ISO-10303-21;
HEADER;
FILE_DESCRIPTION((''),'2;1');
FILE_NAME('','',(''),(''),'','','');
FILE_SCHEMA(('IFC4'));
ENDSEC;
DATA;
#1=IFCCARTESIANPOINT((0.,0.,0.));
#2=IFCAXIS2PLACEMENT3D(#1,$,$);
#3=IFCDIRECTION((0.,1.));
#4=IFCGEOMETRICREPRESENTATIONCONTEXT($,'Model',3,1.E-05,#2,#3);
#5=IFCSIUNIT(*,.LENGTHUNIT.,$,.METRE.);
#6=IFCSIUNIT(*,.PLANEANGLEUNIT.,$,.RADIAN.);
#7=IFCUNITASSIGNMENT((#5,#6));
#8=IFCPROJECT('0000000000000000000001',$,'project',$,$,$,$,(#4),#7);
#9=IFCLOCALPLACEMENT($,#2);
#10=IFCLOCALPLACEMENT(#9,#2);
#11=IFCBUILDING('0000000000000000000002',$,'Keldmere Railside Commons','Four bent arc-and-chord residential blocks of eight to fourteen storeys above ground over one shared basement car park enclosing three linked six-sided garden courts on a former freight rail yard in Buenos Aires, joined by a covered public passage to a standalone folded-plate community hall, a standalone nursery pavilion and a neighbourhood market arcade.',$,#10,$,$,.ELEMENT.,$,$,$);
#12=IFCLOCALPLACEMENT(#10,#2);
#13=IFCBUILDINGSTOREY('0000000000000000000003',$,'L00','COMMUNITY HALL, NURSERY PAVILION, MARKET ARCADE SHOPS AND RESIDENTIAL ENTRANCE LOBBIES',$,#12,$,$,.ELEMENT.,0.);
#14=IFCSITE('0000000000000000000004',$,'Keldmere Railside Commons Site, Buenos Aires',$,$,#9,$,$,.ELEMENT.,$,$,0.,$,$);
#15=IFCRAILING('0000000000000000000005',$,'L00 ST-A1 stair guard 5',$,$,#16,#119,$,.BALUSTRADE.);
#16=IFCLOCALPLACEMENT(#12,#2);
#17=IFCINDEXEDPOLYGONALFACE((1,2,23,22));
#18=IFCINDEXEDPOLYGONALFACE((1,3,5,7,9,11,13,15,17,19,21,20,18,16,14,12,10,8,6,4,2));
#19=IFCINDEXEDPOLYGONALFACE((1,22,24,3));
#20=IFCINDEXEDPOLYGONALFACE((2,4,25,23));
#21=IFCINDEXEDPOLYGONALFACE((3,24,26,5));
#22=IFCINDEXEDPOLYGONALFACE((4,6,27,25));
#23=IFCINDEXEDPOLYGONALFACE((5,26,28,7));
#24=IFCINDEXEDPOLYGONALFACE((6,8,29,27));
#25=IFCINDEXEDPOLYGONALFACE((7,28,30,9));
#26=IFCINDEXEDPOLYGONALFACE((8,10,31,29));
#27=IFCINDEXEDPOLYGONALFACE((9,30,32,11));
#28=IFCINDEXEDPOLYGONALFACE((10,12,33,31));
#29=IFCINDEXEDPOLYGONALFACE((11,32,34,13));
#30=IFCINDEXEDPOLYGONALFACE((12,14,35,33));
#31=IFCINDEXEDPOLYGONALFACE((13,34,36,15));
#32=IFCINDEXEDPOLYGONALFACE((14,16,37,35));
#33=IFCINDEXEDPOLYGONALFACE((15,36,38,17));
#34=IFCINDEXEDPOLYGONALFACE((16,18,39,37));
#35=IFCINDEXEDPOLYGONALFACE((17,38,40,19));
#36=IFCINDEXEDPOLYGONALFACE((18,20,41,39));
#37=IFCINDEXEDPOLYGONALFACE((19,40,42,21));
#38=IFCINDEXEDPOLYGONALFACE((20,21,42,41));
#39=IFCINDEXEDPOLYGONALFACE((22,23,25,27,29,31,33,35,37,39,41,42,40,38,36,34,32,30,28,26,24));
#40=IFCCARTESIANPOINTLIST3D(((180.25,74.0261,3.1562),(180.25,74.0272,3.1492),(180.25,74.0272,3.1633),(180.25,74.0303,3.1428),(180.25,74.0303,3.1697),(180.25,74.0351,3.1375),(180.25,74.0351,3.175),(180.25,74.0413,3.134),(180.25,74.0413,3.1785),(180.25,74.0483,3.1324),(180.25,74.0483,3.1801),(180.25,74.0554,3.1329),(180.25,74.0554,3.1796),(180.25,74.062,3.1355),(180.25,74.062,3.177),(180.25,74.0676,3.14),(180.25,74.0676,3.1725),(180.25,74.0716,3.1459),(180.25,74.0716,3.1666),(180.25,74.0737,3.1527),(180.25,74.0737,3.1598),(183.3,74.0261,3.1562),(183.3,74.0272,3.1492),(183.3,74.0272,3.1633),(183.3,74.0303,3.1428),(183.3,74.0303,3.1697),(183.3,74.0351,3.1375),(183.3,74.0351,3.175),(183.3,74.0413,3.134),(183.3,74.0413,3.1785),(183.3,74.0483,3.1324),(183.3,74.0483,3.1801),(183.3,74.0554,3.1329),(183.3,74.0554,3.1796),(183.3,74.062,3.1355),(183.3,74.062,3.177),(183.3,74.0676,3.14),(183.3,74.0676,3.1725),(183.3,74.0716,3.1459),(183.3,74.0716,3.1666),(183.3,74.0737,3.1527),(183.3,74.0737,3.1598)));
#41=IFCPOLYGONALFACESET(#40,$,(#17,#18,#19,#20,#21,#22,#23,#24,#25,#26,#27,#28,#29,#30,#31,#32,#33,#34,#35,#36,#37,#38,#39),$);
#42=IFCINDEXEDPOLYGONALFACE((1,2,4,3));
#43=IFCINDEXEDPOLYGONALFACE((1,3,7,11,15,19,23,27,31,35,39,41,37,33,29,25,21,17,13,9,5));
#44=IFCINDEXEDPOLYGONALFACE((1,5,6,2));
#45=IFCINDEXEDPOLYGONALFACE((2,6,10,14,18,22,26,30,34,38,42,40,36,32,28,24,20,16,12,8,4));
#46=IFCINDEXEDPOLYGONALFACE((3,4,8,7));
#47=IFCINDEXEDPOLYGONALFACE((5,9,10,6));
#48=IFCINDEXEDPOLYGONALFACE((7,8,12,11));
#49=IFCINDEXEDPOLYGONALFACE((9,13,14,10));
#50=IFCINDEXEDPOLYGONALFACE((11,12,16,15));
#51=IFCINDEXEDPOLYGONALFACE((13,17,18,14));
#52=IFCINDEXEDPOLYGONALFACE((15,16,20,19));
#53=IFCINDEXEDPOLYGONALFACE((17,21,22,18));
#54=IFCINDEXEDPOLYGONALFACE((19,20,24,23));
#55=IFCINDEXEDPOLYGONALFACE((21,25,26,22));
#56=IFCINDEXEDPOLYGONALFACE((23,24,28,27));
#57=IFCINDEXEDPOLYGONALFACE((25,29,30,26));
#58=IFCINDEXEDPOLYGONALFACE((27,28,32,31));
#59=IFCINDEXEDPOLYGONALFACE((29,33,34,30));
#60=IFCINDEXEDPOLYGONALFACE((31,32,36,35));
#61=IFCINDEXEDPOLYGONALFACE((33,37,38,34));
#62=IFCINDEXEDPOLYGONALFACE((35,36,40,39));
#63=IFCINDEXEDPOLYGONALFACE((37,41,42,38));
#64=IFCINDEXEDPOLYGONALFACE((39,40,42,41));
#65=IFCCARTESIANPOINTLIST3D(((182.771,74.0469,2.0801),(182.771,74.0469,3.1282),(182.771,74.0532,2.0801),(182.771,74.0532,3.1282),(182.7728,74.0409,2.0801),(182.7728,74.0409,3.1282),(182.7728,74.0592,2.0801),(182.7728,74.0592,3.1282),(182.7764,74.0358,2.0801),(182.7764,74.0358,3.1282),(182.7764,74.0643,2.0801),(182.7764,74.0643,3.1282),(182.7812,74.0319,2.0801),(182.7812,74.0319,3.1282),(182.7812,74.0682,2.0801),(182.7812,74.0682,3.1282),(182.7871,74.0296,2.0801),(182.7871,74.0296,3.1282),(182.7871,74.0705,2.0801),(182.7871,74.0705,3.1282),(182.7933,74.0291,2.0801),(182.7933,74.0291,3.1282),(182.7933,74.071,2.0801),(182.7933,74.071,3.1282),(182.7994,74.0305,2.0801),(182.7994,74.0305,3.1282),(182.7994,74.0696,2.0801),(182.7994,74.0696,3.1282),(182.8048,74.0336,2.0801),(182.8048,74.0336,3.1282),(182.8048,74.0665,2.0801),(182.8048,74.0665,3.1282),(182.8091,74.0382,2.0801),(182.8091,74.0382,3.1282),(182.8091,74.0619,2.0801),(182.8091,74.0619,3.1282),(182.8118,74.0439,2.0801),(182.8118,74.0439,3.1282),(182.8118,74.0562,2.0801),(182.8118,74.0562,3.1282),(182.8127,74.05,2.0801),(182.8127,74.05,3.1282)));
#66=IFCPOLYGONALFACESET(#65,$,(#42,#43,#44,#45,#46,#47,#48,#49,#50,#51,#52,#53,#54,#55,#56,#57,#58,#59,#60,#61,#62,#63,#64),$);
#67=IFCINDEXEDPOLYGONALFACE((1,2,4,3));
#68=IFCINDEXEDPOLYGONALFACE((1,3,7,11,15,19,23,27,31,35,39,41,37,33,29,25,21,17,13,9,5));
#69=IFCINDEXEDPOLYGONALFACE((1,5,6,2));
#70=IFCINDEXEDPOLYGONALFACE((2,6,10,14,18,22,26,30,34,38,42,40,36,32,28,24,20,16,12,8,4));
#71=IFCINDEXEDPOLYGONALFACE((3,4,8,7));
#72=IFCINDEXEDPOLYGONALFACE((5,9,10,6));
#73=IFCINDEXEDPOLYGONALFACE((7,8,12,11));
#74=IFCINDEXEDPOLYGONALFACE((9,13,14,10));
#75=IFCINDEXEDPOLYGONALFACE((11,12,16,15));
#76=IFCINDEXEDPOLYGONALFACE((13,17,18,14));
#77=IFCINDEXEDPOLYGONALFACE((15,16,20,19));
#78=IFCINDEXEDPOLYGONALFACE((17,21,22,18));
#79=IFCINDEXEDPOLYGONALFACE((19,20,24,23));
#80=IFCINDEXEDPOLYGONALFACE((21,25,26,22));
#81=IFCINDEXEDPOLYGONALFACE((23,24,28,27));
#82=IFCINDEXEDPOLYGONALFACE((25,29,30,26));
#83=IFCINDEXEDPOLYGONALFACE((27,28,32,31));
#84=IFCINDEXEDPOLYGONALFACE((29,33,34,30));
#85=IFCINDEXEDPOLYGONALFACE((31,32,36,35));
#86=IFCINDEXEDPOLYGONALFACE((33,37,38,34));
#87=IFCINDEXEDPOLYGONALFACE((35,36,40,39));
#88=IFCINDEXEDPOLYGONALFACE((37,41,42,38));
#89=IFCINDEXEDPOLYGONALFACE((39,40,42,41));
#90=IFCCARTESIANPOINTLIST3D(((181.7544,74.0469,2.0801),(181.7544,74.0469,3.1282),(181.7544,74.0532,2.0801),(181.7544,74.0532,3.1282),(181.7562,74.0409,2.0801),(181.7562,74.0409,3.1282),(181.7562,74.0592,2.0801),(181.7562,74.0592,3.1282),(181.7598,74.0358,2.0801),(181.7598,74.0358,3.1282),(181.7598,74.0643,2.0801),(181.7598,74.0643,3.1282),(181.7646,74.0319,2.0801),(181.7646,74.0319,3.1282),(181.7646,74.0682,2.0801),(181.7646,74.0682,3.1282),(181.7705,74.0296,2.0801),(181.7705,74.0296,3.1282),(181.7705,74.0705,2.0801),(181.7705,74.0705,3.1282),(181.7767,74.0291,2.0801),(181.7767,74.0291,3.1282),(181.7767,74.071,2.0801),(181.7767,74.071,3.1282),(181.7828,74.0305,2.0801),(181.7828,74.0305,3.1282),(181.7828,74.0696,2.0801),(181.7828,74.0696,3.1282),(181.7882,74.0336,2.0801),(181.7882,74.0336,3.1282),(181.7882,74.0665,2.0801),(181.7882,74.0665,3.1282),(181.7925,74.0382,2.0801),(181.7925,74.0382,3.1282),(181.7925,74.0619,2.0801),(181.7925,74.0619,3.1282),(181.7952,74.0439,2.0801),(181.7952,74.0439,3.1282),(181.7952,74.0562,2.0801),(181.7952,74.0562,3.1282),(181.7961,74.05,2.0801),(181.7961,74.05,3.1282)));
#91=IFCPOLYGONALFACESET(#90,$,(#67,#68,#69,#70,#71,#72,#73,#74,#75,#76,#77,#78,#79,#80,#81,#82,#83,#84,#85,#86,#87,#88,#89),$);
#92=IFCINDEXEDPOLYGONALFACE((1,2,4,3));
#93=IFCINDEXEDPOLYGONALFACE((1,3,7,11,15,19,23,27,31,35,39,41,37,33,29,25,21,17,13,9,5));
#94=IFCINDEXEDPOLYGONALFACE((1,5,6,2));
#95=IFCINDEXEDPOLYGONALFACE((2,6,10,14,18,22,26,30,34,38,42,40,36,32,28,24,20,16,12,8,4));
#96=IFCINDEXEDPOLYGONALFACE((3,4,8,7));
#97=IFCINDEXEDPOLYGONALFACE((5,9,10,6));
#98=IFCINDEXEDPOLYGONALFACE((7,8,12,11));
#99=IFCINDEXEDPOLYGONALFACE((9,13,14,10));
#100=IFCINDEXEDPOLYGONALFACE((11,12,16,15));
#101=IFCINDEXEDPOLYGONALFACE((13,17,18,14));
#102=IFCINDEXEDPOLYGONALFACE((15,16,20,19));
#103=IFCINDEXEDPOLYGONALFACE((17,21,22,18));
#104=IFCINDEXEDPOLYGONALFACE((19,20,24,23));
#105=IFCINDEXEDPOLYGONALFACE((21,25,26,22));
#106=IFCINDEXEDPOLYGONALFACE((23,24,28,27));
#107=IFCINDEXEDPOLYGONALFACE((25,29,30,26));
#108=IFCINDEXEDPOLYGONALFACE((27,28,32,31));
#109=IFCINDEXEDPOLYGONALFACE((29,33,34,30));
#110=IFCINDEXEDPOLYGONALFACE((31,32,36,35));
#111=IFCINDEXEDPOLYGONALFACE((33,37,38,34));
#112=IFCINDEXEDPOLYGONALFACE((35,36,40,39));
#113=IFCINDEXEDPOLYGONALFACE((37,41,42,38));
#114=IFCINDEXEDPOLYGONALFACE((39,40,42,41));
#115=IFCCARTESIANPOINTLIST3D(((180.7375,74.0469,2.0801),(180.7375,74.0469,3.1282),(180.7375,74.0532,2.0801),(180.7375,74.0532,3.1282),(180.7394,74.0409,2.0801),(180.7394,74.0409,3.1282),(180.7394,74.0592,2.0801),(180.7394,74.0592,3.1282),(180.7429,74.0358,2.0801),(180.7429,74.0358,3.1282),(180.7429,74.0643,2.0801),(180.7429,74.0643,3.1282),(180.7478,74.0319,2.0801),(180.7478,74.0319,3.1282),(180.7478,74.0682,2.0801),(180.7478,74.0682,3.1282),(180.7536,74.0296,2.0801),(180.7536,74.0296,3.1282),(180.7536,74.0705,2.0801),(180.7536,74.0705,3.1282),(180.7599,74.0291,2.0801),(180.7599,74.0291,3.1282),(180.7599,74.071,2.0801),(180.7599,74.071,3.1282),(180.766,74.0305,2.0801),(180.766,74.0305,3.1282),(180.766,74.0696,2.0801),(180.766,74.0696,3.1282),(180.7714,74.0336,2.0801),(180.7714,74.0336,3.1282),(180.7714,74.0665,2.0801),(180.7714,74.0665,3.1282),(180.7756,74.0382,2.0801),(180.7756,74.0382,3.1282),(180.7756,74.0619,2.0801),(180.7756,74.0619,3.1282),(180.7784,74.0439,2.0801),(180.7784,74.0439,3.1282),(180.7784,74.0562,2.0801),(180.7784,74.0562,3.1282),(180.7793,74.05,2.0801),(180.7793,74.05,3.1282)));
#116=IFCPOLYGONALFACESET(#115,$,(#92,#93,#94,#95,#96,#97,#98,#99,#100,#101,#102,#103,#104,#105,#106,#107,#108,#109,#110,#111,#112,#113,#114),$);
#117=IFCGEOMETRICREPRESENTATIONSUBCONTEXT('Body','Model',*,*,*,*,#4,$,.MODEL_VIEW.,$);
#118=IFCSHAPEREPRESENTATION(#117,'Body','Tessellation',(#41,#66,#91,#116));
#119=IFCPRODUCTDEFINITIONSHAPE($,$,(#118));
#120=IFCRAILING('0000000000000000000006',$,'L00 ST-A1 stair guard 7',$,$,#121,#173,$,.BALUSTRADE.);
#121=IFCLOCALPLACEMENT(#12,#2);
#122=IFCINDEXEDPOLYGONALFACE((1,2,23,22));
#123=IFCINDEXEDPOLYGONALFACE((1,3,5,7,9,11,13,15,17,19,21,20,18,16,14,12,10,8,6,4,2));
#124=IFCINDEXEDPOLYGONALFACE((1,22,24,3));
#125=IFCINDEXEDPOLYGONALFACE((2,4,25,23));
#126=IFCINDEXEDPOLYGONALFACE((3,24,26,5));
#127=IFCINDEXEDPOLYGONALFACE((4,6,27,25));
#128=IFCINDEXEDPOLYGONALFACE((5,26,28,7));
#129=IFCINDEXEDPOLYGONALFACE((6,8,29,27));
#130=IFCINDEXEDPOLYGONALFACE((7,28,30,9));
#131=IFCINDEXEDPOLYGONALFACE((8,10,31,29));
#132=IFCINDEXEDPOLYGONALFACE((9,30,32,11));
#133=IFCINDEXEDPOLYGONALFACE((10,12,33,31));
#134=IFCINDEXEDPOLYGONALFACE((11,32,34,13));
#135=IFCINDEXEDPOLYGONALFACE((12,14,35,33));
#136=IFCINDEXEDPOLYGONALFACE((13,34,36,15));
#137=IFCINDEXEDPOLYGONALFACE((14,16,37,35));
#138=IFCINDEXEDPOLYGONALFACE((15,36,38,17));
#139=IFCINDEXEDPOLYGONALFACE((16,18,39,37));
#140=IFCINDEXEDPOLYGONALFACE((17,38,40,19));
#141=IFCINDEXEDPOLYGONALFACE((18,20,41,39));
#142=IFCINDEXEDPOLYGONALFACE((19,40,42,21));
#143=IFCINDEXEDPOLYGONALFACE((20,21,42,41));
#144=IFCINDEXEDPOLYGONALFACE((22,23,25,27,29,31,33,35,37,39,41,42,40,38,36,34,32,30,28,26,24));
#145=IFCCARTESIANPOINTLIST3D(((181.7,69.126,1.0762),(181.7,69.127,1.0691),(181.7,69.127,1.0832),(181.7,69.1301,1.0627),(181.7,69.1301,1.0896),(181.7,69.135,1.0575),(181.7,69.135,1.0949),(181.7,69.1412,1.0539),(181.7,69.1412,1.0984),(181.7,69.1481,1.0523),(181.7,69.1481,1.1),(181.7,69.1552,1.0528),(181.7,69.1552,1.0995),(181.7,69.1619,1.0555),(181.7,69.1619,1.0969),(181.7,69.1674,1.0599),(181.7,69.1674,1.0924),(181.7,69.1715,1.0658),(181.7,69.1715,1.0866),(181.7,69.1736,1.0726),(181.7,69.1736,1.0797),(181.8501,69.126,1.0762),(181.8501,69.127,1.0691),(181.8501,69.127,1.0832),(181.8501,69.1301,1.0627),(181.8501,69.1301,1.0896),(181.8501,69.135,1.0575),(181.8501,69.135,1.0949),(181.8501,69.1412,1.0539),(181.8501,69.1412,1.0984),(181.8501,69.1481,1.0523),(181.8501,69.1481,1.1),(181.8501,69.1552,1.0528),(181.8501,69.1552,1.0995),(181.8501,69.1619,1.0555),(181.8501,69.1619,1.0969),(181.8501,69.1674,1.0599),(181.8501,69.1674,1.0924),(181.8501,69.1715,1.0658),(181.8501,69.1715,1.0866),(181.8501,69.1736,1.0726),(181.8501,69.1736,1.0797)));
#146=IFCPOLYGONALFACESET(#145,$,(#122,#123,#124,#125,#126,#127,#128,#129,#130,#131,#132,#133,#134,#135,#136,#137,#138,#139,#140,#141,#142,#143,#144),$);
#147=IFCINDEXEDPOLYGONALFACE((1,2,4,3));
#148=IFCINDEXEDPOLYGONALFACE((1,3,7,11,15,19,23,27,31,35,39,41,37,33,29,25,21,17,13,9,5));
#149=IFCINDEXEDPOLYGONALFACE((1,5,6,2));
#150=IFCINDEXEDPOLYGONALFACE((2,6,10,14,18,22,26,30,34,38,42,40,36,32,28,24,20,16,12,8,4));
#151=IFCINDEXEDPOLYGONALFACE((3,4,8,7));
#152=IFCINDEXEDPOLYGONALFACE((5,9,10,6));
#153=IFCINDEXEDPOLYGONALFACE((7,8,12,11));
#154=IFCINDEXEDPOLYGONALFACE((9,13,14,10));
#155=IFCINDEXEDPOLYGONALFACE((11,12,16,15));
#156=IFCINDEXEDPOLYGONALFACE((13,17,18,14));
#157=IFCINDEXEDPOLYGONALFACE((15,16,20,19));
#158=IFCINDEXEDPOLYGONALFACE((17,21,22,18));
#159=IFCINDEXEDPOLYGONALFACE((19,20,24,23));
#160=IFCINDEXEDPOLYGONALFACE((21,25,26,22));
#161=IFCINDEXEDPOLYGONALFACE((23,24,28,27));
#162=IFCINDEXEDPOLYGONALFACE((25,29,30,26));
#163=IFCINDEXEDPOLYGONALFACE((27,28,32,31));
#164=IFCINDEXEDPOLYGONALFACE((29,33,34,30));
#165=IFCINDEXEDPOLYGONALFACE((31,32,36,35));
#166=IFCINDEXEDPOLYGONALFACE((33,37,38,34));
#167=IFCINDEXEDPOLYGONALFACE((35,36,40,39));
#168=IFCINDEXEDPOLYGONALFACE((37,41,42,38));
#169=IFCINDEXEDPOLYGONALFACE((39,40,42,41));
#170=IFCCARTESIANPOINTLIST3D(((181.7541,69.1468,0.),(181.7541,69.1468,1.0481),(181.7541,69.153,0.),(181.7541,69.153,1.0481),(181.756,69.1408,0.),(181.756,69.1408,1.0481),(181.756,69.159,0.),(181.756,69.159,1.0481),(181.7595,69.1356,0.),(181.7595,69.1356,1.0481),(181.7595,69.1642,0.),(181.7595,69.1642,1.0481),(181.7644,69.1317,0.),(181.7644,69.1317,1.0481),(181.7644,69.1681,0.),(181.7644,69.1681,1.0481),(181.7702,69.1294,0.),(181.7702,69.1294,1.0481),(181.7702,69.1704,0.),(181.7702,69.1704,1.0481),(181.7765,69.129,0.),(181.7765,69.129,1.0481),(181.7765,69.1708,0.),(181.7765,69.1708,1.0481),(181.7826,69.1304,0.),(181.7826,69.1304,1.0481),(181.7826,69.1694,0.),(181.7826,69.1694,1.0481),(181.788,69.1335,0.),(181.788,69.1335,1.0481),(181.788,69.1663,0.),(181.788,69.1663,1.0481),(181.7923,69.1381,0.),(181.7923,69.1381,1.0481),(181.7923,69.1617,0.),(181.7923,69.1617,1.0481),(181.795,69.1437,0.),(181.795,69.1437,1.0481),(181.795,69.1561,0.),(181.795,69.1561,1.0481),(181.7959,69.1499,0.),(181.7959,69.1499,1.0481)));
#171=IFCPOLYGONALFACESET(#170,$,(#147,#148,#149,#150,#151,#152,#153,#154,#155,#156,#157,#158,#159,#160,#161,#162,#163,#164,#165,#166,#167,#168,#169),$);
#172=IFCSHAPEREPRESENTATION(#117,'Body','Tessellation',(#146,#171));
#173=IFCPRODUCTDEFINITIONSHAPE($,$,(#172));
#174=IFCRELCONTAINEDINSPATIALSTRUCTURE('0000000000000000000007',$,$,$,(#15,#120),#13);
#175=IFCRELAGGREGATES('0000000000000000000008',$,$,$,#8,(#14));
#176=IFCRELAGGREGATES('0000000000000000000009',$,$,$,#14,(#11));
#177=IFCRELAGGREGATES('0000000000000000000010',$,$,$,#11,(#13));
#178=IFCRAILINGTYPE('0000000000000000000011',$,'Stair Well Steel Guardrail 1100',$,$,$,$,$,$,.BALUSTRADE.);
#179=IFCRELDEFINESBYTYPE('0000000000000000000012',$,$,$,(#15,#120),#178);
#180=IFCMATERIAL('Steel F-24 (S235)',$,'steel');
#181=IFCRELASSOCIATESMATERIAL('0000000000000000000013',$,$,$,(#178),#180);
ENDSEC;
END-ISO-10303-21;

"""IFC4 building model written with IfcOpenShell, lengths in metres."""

from ifc_helpers import new_model, si_unit, direction, frame, origin, origin_2d, place, context, subcontext, project, spatial, circle, extrude, material, type_object, element, save


model = new_model("IFC4")

# Units and contexts
model_context = context("Model", 3, precision=1e-05, world=origin(), true_north=direction((0.0, 1.0)))
body_context = subcontext(model_context, "Body", "Model", "MODEL_VIEW")
ifc_project = project(units=[si_unit("LENGTHUNIT", "METRE"), si_unit("PLANEANGLEUNIT", "RADIAN")], contexts=[model_context])

# Site, building, storey
site_placement = place(None, origin())
site = spatial("IfcSite", under=ifc_project, at=site_placement, Name="Keldmere Railside Commons Site, Buenos Aires", CompositionType="ELEMENT", RefElevation=0.0)
building_placement = place(site_placement, origin())
building = spatial("IfcBuilding", under=site, at=building_placement, Name="Keldmere Railside Commons", Description="Four bent arc-and-chord residential blocks of eight to fourteen storeys above ground over one shared basement car park enclosing three linked six-sided garden courts on a former freight rail yard in Buenos Aires, joined by a covered public passage to a standalone folded-plate community hall, a standalone nursery pavilion and a neighbourhood market arcade.", CompositionType="ELEMENT")
storey_placement = place(building_placement, origin())
storey = spatial("IfcBuildingStorey", under=building, at=storey_placement, Name="L00", Description="COMMUNITY HALL, NURSERY PAVILION, MARKET ARCADE SHOPS AND RESIDENTIAL ENTRANCE LOBBIES", CompositionType="ELEMENT", Elevation=0.0)

# Shared definitions
ifc_material_1 = material(Name="Steel F-24 (S235)", Category="steel")

# Railings
railing_type_1 = type_object("IfcRailingType", Name="Stair Well Steel Guardrail 1100", PredefinedType="BALUSTRADE", material=ifc_material_1)
railing_1_placement = place(storey_placement, frame((183.3, 74.05, 2.0801)))
element("IfcRailing", 1, at=railing_1_placement, inside=storey, type_object=railing_type_1, Name="L00 ST-A1 stair guard 5", PredefinedType="BALUSTRADE", context=body_context, shape_type="SweptSolid", body=[
    extrude(circle(Radius=0.0239, at=origin_2d()), frame((0.0, 0.0, 1.0762), z_axis=(-1.0, 0.0, 0.0), x_axis=(0.0, -1.0, 0.0)), (0.0, 0.0, 1.0), 3.05),
    extrude(circle(Radius=0.021, at=origin_2d()), frame((-0.5083, 0.0, 0.0)), (0.0, 0.0, 1.0), 1.0481),
    extrude(circle(Radius=0.021, at=origin_2d()), frame((-1.5249, 0.0, 0.0)), (0.0, 0.0, 1.0), 1.0481),
    extrude(circle(Radius=0.021, at=origin_2d()), frame((-2.5417, 0.0, 0.0)), (0.0, 0.0, 1.0), 1.0481),
])
railing_2_placement = place(storey_placement, frame((181.8501, 69.1499, 0.0)))
element("IfcRailing", 2, at=railing_2_placement, inside=storey, type_object=railing_type_1, Name="L00 ST-A1 stair guard 7", PredefinedType="BALUSTRADE", context=body_context, shape_type="SweptSolid", body=[
    extrude(circle(Radius=0.0239, at=origin_2d()), frame((0.0, 0.0, 1.0762), z_axis=(-1.0, 0.0, 0.0), x_axis=(0.0, -1.0, 0.0)), (0.0, 0.0, 1.0), 0.1501),
    extrude(circle(Radius=0.021, at=origin_2d()), frame((-0.0752, 0.0, 0.0)), (0.0, 0.0, 1.0), 1.0481),
])

save(model, "model.ifc")
